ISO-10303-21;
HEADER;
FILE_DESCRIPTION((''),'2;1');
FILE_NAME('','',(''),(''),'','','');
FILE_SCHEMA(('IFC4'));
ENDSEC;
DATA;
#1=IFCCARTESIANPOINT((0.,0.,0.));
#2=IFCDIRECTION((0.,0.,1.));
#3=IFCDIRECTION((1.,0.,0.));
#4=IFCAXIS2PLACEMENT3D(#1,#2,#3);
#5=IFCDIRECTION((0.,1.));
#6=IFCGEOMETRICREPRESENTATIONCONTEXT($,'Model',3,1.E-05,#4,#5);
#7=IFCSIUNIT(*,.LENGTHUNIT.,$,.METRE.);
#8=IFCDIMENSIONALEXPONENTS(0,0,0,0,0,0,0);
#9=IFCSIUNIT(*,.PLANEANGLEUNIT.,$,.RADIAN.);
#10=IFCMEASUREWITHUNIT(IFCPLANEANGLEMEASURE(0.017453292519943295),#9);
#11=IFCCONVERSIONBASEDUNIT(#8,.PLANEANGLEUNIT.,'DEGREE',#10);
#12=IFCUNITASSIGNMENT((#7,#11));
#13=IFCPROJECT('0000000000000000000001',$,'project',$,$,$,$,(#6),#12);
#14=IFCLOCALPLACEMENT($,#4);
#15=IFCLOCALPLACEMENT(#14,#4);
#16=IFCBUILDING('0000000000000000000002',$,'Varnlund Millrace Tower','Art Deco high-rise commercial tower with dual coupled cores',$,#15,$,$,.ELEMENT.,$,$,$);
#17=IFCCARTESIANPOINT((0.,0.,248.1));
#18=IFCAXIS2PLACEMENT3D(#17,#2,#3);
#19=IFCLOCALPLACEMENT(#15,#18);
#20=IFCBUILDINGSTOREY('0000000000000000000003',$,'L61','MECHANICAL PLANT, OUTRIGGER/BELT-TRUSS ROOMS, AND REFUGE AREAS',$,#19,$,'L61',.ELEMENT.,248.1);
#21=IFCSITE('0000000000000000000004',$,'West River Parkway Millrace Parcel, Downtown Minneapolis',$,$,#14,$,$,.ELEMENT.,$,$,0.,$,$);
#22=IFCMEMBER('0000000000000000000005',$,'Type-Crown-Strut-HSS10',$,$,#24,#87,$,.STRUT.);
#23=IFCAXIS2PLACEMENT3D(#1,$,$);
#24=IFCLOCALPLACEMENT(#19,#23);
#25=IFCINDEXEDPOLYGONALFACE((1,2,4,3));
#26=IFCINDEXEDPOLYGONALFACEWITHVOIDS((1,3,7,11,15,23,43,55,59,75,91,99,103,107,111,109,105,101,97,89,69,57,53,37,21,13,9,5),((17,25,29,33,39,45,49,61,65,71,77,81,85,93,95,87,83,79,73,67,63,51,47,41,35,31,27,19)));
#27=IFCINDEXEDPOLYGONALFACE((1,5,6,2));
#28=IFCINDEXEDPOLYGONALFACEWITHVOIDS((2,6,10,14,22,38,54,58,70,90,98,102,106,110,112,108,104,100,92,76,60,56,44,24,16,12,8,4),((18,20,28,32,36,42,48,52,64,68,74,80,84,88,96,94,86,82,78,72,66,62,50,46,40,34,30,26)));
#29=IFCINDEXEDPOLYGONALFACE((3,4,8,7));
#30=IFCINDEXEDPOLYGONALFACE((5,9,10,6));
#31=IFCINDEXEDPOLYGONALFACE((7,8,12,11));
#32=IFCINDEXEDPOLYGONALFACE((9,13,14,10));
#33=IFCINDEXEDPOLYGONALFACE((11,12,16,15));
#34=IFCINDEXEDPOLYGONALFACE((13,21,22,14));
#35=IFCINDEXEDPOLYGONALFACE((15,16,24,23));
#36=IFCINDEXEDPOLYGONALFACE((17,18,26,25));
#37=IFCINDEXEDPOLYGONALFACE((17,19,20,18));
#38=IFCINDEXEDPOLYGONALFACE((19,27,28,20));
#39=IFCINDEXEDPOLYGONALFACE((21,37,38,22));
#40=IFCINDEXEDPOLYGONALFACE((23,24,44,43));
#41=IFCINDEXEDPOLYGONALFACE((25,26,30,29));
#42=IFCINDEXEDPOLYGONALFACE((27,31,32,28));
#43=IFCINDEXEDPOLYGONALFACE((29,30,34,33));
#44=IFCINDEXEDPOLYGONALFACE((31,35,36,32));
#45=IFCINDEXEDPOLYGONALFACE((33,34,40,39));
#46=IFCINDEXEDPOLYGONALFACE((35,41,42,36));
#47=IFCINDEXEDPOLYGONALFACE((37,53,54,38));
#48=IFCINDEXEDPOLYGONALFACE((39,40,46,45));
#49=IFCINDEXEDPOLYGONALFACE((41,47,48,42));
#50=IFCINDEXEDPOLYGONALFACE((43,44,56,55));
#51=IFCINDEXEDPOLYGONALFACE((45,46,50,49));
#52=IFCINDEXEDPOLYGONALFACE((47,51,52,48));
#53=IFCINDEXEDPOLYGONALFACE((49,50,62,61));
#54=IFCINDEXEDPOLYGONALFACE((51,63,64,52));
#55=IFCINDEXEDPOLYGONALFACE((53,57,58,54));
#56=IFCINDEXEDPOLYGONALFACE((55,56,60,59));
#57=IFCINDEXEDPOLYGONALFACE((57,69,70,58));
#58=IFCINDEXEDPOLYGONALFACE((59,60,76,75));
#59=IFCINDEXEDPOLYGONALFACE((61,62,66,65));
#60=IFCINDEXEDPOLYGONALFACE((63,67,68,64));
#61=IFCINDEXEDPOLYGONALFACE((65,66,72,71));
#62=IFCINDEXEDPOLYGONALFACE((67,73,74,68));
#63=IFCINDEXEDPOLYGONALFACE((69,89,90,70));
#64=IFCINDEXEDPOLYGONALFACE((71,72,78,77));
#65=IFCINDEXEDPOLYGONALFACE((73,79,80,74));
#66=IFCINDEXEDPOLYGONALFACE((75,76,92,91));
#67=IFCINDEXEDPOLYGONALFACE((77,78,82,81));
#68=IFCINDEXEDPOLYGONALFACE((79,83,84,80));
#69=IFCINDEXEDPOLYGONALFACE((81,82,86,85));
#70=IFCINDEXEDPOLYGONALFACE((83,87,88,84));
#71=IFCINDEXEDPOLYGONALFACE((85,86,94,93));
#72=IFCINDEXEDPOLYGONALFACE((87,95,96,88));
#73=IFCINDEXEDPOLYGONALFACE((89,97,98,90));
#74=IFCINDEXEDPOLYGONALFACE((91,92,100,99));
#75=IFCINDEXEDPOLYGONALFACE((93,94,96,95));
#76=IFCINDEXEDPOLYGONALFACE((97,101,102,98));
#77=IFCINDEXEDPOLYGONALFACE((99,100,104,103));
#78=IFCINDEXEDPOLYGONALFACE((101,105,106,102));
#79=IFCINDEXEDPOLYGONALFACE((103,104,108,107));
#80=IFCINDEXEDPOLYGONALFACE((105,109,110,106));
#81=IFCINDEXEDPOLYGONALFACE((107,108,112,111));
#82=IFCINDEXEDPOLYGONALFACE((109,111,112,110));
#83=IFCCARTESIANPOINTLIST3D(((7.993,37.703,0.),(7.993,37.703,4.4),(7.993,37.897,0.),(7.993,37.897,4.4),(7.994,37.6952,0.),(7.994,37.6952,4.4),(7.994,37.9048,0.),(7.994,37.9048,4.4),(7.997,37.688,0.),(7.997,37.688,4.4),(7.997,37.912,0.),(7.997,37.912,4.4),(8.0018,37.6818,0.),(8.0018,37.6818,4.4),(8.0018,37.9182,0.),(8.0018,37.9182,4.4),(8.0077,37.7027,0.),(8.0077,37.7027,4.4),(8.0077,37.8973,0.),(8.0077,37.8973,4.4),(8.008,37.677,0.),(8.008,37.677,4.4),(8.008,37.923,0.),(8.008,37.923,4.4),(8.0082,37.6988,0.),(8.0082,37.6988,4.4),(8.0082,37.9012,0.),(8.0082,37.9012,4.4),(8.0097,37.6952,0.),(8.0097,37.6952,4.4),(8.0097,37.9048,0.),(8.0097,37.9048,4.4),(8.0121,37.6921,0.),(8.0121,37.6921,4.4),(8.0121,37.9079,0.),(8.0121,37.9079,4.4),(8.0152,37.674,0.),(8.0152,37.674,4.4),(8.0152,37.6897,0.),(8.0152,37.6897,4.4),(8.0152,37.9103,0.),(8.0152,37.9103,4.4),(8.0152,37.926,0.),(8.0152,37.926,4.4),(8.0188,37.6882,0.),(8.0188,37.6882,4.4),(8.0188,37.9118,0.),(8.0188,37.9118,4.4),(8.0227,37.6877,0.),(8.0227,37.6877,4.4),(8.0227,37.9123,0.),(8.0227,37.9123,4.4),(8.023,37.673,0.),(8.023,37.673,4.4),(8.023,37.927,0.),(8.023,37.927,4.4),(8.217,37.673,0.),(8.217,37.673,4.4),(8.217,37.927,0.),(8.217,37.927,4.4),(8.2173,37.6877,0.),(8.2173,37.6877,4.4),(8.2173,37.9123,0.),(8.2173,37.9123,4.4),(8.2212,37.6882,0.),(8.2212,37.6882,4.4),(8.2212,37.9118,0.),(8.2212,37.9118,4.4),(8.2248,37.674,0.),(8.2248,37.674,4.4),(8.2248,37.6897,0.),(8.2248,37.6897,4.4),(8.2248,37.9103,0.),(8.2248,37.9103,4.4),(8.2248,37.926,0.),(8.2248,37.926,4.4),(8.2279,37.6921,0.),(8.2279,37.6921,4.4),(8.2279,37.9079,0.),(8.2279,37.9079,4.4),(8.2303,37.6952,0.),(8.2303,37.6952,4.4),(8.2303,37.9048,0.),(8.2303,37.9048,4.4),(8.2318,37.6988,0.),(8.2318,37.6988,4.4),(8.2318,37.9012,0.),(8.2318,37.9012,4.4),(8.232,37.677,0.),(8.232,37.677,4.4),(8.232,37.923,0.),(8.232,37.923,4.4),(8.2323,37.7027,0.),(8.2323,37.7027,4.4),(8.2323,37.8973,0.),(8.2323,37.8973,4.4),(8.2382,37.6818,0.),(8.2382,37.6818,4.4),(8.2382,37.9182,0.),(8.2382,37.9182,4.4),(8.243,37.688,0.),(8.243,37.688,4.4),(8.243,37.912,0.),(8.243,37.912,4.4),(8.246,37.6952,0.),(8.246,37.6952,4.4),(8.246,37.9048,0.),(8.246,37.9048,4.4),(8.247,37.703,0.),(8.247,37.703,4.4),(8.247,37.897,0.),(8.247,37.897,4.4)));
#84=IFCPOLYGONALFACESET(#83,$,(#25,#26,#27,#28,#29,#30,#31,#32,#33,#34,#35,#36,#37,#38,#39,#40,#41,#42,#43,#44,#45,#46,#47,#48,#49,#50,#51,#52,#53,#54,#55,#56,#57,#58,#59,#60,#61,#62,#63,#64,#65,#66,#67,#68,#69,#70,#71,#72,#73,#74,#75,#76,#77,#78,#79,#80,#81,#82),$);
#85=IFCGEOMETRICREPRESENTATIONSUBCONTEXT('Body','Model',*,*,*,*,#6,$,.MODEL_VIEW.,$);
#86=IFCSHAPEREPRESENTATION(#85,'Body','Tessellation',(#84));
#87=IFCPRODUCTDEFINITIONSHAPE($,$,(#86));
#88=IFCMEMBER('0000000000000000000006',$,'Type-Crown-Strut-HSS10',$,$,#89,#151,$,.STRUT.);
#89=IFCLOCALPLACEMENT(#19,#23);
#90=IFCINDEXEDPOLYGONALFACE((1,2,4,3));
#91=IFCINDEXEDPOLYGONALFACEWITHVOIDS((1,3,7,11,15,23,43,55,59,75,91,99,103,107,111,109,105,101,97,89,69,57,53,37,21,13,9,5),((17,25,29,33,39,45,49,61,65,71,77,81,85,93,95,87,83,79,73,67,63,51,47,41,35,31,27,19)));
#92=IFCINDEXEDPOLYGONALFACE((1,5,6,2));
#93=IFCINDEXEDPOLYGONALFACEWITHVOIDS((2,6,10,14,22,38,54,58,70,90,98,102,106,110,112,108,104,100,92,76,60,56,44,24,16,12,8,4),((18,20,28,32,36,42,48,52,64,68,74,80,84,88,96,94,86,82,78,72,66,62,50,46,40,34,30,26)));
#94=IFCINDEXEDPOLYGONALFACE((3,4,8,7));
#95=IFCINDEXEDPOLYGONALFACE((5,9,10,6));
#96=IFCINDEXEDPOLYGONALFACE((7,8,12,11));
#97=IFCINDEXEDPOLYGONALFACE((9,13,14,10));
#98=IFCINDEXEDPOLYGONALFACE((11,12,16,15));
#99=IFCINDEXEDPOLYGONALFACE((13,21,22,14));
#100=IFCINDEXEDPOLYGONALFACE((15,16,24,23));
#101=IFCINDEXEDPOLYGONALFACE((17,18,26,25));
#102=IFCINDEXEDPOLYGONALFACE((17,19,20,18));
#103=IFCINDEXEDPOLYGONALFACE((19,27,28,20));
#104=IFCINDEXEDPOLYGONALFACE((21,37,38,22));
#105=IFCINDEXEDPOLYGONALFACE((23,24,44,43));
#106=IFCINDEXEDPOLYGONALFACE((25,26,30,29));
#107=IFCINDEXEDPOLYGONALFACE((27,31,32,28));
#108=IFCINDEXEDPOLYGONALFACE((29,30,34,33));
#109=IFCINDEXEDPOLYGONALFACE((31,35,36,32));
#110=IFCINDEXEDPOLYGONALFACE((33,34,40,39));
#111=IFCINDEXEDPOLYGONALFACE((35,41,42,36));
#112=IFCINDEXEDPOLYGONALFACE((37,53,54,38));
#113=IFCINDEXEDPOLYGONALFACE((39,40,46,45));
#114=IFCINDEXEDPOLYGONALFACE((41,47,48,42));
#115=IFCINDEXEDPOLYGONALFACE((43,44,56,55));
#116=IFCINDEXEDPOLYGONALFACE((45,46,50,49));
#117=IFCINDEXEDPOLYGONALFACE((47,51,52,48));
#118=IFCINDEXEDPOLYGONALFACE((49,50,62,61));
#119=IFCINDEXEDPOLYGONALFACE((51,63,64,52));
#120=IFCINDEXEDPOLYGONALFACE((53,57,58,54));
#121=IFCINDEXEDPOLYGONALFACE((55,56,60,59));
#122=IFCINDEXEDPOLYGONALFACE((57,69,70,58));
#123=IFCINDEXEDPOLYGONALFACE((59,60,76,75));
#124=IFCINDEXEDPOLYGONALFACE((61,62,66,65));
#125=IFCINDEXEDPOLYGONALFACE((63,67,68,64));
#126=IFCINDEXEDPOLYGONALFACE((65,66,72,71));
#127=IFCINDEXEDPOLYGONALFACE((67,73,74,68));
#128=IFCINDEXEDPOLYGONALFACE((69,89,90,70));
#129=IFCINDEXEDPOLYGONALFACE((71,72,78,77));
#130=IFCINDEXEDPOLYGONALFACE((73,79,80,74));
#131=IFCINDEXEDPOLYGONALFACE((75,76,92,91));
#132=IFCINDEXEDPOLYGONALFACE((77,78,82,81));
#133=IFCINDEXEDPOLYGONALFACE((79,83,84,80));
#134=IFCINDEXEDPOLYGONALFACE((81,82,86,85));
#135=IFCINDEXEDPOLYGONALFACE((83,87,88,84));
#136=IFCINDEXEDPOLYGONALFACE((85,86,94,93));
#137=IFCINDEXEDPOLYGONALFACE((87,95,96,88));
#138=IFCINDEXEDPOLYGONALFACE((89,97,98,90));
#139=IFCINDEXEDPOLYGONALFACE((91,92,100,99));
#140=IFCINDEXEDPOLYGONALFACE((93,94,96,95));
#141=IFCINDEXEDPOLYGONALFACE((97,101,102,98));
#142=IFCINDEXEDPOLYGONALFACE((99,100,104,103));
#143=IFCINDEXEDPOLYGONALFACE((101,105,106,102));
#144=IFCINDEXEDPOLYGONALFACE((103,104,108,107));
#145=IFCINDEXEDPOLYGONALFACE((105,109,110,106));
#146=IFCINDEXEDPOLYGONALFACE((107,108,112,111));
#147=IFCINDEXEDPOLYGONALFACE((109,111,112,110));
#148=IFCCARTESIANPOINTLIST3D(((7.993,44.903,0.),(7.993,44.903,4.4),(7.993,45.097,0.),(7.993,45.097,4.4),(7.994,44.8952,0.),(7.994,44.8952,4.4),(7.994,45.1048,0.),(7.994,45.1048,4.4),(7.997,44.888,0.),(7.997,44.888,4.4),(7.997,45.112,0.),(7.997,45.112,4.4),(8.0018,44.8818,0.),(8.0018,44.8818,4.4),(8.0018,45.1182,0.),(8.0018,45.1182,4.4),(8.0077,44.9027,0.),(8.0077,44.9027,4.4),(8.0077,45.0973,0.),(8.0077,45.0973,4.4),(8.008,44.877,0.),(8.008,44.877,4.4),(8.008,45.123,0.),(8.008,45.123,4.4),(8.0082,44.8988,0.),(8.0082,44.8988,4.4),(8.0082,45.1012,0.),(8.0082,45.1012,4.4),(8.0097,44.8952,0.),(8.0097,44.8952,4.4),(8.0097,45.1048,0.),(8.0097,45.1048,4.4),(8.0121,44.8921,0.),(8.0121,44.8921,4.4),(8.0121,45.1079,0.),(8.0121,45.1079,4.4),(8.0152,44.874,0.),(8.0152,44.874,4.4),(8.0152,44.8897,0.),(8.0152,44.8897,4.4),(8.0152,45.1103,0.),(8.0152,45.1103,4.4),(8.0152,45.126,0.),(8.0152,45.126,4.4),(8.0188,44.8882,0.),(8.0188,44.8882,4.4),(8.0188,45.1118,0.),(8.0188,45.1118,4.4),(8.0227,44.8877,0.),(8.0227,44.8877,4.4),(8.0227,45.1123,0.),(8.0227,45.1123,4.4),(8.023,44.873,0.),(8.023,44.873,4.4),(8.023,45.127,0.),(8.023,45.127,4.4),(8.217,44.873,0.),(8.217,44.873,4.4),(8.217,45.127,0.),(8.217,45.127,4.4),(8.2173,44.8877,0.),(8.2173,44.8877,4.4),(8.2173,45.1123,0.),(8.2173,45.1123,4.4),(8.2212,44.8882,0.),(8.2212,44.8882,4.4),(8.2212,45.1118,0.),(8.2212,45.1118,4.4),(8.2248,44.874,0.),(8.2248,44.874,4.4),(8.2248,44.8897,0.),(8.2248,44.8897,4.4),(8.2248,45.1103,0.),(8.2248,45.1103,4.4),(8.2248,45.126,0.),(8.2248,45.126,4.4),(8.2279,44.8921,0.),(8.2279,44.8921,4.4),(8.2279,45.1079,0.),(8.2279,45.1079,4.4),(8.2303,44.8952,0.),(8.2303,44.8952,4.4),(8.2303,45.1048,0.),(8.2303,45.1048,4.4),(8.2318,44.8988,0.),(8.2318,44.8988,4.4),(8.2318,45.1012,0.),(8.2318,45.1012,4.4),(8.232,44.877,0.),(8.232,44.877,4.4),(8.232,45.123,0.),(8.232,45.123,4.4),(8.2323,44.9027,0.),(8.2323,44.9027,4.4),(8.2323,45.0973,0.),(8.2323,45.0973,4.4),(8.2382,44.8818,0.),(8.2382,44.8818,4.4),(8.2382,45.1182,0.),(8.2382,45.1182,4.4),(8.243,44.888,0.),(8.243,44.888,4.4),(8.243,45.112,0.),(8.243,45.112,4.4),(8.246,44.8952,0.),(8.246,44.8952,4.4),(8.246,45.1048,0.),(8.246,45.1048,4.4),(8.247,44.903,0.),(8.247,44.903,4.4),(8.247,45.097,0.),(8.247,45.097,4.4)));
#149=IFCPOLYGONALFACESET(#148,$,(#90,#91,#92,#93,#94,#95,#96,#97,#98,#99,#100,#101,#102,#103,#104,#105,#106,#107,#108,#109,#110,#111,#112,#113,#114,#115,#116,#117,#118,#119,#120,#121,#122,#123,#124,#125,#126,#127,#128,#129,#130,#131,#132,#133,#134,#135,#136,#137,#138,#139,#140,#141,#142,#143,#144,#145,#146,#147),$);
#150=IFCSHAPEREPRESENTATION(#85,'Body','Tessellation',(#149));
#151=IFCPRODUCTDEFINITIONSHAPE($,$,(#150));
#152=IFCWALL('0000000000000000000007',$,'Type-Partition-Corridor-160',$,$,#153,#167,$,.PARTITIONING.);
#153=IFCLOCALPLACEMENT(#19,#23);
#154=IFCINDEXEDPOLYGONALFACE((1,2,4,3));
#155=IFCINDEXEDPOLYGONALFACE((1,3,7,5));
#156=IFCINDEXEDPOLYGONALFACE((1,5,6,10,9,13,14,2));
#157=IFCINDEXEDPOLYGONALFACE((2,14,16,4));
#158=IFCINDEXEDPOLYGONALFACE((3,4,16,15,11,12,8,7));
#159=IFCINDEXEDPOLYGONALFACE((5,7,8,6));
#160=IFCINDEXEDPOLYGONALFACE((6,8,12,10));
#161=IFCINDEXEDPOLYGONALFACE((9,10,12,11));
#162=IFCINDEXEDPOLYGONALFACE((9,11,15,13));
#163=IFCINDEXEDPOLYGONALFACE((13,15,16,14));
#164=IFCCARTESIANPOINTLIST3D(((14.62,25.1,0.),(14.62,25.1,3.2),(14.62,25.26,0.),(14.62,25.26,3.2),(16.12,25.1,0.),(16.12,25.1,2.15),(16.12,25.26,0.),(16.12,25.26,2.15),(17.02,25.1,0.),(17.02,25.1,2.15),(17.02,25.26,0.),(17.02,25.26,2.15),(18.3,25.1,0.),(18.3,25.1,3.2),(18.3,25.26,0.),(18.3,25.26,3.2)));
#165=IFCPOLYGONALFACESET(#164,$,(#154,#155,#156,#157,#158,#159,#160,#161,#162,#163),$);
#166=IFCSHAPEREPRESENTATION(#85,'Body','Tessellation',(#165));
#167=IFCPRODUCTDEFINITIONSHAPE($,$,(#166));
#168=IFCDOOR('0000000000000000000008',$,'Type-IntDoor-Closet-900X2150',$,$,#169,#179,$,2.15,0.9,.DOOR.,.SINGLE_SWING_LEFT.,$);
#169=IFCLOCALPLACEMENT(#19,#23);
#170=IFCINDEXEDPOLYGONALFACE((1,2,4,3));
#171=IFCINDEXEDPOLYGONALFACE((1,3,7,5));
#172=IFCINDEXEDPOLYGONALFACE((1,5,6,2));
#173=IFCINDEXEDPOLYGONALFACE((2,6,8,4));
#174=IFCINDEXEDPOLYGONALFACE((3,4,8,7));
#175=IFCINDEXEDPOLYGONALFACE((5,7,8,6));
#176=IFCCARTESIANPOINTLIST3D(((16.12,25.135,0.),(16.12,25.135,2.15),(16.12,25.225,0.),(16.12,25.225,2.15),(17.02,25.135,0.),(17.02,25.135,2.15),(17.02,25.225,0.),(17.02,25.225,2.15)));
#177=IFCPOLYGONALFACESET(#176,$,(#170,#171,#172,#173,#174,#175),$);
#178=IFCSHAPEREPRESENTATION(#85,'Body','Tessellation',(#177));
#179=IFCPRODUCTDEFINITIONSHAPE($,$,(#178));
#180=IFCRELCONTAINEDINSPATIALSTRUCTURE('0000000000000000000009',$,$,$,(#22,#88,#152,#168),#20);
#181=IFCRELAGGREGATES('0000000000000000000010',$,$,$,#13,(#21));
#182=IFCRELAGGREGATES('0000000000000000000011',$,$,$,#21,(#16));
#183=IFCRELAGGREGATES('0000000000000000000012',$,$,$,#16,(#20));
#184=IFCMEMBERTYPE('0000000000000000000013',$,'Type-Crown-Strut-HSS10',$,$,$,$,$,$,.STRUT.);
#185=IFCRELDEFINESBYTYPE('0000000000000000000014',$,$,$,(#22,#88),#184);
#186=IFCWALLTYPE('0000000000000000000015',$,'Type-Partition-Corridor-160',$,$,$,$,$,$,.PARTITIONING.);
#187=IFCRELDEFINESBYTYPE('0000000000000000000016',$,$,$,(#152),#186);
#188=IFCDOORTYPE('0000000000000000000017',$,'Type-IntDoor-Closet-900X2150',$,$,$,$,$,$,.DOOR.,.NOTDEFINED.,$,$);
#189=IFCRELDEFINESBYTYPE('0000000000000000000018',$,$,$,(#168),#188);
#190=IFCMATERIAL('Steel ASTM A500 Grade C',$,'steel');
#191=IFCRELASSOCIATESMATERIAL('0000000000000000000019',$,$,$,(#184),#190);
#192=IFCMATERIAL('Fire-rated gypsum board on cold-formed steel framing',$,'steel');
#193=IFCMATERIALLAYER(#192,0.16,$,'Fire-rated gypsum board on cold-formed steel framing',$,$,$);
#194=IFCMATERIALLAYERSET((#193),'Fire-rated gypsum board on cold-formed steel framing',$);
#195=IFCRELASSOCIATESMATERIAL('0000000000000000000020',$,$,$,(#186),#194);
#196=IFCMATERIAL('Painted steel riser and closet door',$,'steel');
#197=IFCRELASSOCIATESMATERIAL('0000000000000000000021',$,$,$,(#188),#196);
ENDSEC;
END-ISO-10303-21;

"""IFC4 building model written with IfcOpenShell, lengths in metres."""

from ifc_helpers import new_model, entity, si_unit, converted_unit, direction, frame, origin_with_axes, origin_2d_with_axis, place, context, subcontext, project, spatial, polyline, rectangle, hollow_rectangle, outline, extrude, material, layer, layer_set, material_profile, profile_set, type_object, element, fill, save


model = new_model("IFC4")

# Units and contexts
model_context = context("Model", 3, precision=1e-05, world=origin_with_axes(), true_north=direction((0.0, 1.0)))
body_context = subcontext(model_context, "Body", "Model", "MODEL_VIEW")
ifc_project = project(units=[si_unit("LENGTHUNIT", "METRE"), converted_unit("PLANEANGLEUNIT", "DEGREE", entity("IfcPlaneAngleMeasure", 0.017453292519943295), si_unit("PLANEANGLEUNIT", "RADIAN"), dimensions=[0, 0, 0, 0, 0, 0, 0])], contexts=[model_context])

# Site, building, storey
site_placement = place(None, origin_with_axes())
site = spatial("IfcSite", under=ifc_project, at=site_placement, Name="West River Parkway Millrace Parcel, Downtown Minneapolis", CompositionType="ELEMENT", RefElevation=0.0)
building_placement = place(site_placement, origin_with_axes())
building = spatial("IfcBuilding", under=site, at=building_placement, Name="Varnlund Millrace Tower", Description="Art Deco high-rise commercial tower with dual coupled cores", CompositionType="ELEMENT")
storey_placement = place(building_placement, frame((0.0, 0.0, 248.1), z_axis=(0.0, 0.0, 1.0), x_axis=(1.0, 0.0, 0.0)))
storey = spatial("IfcBuildingStorey", under=building, at=storey_placement, Name="L61", Description="MECHANICAL PLANT, OUTRIGGER/BELT-TRUSS ROOMS, AND REFUGE AREAS", LongName="L61", CompositionType="ELEMENT", Elevation=248.1)

# Members
ifc_material_1 = material(Name="Steel ASTM A500 Grade C", Category="steel")
ifc_material_profile_1 = material_profile(ifc_material_1, hollow_rectangle(XDim=0.254, YDim=0.254, WallThickness=0.0147, InnerFilletRadius=0.015, OuterFilletRadius=0.03, at=origin_2d_with_axis()), Name="Steel ASTM A500 Grade C")
ifc_profile_set_1 = profile_set([ifc_material_profile_1], Name="Steel ASTM A500 Grade C")
member_type = type_object("IfcMemberType", Name="Type-Crown-Strut-HSS10", PredefinedType="STRUT", material=ifc_profile_set_1)
for number, where, z_axis, x_axis, name in (
    (1, (8.12, 37.8, 0.0), (0.0, 0.0, 1.0), (1.0, 0.0, 0.0), "Type-Crown-Strut-HSS10"),
    (2, (8.12, 45.0, 0.0), (0.0, 0.0, 1.0), (1.0, 0.0, 0.0), "Type-Crown-Strut-HSS10"),
):
    element("IfcMember", number, at=place(storey_placement, frame(where, z_axis=z_axis, x_axis=x_axis)), inside=storey, type_object=member_type, Name=name, PredefinedType="STRUT", context=body_context, shape_type="SweptSolid", body=[
        extrude(hollow_rectangle(XDim=0.254, YDim=0.254, WallThickness=0.0147, InnerFilletRadius=0.015, OuterFilletRadius=0.03, at=origin_2d_with_axis()), origin_with_axes(), (0.0, 0.0, 1.0), 4.4),
    ])

# Wall, opening, door
ifc_material_2 = material(Name="Fire-rated gypsum board on cold-formed steel framing", Category="steel")
ifc_layer_1 = layer(ifc_material_2, 0.16, Name="Fire-rated gypsum board on cold-formed steel framing")
ifc_layer_set_1 = layer_set([ifc_layer_1], Name="Fire-rated gypsum board on cold-formed steel framing")
wall_type_1 = type_object("IfcWallType", Name="Type-Partition-Corridor-160", PredefinedType="PARTITIONING", material=ifc_layer_set_1)
wall_1_placement = place(storey_placement, frame((14.62, 25.18, 0.0), z_axis=(0.0, 0.0, 1.0), x_axis=(1.0, 0.0, 0.0)))
wall_1 = element("IfcWall", 3, at=wall_1_placement, inside=storey, type_object=wall_type_1, Name="Type-Partition-Corridor-160", PredefinedType="PARTITIONING", context=body_context, shape_type="SweptSolid", body=[
    extrude(outline(polyline([(0.0, -0.08), (3.68, -0.08), (3.68, 0.08), (0.0, 0.08), (0.0, -0.08)])), origin_with_axes(), (0.0, 0.0, 1.0), 3.2),
])
opening_1_placement = place(wall_1_placement, frame((1.95, 0.0, 0.0), z_axis=(0.0, 0.0, 1.0), x_axis=(1.0, 0.0, 0.0)))
opening_1 = element("IfcOpeningElement", 4, at=opening_1_placement, cuts=wall_1, PredefinedType="OPENING", context=body_context, shape_type="SweptSolid", body=[
    extrude(rectangle(XDim=0.9, YDim=0.18, at=origin_2d_with_axis()), origin_with_axes(), (0.0, 0.0, 1.0), 2.15),
])
ifc_material_3 = material(Name="Painted steel riser and closet door", Category="steel")
door_type = type_object("IfcDoorType", Name="Type-IntDoor-Closet-900X2150", OperationType="NOTDEFINED", PredefinedType="DOOR", material=ifc_material_3)
door_1_placement = place(wall_1_placement, frame((1.95, 0.0, 0.0), z_axis=(0.0, 0.0, 1.0), x_axis=(1.0, 0.0, 0.0)))
door_1 = element("IfcDoor", 5, at=door_1_placement, inside=storey, type_object=door_type, Name="Type-IntDoor-Closet-900X2150", OperationType="SINGLE_SWING_LEFT", OverallHeight=2.15, OverallWidth=0.9, PredefinedType="DOOR", context=body_context, shape_type="SweptSolid", body=[
    extrude(rectangle(XDim=0.9, YDim=0.09, at=origin_2d_with_axis()), origin_with_axes(), (0.0, 0.0, 1.0), 2.15),
])
fill(opening_1, door_1)

save(model, "model.ifc")
